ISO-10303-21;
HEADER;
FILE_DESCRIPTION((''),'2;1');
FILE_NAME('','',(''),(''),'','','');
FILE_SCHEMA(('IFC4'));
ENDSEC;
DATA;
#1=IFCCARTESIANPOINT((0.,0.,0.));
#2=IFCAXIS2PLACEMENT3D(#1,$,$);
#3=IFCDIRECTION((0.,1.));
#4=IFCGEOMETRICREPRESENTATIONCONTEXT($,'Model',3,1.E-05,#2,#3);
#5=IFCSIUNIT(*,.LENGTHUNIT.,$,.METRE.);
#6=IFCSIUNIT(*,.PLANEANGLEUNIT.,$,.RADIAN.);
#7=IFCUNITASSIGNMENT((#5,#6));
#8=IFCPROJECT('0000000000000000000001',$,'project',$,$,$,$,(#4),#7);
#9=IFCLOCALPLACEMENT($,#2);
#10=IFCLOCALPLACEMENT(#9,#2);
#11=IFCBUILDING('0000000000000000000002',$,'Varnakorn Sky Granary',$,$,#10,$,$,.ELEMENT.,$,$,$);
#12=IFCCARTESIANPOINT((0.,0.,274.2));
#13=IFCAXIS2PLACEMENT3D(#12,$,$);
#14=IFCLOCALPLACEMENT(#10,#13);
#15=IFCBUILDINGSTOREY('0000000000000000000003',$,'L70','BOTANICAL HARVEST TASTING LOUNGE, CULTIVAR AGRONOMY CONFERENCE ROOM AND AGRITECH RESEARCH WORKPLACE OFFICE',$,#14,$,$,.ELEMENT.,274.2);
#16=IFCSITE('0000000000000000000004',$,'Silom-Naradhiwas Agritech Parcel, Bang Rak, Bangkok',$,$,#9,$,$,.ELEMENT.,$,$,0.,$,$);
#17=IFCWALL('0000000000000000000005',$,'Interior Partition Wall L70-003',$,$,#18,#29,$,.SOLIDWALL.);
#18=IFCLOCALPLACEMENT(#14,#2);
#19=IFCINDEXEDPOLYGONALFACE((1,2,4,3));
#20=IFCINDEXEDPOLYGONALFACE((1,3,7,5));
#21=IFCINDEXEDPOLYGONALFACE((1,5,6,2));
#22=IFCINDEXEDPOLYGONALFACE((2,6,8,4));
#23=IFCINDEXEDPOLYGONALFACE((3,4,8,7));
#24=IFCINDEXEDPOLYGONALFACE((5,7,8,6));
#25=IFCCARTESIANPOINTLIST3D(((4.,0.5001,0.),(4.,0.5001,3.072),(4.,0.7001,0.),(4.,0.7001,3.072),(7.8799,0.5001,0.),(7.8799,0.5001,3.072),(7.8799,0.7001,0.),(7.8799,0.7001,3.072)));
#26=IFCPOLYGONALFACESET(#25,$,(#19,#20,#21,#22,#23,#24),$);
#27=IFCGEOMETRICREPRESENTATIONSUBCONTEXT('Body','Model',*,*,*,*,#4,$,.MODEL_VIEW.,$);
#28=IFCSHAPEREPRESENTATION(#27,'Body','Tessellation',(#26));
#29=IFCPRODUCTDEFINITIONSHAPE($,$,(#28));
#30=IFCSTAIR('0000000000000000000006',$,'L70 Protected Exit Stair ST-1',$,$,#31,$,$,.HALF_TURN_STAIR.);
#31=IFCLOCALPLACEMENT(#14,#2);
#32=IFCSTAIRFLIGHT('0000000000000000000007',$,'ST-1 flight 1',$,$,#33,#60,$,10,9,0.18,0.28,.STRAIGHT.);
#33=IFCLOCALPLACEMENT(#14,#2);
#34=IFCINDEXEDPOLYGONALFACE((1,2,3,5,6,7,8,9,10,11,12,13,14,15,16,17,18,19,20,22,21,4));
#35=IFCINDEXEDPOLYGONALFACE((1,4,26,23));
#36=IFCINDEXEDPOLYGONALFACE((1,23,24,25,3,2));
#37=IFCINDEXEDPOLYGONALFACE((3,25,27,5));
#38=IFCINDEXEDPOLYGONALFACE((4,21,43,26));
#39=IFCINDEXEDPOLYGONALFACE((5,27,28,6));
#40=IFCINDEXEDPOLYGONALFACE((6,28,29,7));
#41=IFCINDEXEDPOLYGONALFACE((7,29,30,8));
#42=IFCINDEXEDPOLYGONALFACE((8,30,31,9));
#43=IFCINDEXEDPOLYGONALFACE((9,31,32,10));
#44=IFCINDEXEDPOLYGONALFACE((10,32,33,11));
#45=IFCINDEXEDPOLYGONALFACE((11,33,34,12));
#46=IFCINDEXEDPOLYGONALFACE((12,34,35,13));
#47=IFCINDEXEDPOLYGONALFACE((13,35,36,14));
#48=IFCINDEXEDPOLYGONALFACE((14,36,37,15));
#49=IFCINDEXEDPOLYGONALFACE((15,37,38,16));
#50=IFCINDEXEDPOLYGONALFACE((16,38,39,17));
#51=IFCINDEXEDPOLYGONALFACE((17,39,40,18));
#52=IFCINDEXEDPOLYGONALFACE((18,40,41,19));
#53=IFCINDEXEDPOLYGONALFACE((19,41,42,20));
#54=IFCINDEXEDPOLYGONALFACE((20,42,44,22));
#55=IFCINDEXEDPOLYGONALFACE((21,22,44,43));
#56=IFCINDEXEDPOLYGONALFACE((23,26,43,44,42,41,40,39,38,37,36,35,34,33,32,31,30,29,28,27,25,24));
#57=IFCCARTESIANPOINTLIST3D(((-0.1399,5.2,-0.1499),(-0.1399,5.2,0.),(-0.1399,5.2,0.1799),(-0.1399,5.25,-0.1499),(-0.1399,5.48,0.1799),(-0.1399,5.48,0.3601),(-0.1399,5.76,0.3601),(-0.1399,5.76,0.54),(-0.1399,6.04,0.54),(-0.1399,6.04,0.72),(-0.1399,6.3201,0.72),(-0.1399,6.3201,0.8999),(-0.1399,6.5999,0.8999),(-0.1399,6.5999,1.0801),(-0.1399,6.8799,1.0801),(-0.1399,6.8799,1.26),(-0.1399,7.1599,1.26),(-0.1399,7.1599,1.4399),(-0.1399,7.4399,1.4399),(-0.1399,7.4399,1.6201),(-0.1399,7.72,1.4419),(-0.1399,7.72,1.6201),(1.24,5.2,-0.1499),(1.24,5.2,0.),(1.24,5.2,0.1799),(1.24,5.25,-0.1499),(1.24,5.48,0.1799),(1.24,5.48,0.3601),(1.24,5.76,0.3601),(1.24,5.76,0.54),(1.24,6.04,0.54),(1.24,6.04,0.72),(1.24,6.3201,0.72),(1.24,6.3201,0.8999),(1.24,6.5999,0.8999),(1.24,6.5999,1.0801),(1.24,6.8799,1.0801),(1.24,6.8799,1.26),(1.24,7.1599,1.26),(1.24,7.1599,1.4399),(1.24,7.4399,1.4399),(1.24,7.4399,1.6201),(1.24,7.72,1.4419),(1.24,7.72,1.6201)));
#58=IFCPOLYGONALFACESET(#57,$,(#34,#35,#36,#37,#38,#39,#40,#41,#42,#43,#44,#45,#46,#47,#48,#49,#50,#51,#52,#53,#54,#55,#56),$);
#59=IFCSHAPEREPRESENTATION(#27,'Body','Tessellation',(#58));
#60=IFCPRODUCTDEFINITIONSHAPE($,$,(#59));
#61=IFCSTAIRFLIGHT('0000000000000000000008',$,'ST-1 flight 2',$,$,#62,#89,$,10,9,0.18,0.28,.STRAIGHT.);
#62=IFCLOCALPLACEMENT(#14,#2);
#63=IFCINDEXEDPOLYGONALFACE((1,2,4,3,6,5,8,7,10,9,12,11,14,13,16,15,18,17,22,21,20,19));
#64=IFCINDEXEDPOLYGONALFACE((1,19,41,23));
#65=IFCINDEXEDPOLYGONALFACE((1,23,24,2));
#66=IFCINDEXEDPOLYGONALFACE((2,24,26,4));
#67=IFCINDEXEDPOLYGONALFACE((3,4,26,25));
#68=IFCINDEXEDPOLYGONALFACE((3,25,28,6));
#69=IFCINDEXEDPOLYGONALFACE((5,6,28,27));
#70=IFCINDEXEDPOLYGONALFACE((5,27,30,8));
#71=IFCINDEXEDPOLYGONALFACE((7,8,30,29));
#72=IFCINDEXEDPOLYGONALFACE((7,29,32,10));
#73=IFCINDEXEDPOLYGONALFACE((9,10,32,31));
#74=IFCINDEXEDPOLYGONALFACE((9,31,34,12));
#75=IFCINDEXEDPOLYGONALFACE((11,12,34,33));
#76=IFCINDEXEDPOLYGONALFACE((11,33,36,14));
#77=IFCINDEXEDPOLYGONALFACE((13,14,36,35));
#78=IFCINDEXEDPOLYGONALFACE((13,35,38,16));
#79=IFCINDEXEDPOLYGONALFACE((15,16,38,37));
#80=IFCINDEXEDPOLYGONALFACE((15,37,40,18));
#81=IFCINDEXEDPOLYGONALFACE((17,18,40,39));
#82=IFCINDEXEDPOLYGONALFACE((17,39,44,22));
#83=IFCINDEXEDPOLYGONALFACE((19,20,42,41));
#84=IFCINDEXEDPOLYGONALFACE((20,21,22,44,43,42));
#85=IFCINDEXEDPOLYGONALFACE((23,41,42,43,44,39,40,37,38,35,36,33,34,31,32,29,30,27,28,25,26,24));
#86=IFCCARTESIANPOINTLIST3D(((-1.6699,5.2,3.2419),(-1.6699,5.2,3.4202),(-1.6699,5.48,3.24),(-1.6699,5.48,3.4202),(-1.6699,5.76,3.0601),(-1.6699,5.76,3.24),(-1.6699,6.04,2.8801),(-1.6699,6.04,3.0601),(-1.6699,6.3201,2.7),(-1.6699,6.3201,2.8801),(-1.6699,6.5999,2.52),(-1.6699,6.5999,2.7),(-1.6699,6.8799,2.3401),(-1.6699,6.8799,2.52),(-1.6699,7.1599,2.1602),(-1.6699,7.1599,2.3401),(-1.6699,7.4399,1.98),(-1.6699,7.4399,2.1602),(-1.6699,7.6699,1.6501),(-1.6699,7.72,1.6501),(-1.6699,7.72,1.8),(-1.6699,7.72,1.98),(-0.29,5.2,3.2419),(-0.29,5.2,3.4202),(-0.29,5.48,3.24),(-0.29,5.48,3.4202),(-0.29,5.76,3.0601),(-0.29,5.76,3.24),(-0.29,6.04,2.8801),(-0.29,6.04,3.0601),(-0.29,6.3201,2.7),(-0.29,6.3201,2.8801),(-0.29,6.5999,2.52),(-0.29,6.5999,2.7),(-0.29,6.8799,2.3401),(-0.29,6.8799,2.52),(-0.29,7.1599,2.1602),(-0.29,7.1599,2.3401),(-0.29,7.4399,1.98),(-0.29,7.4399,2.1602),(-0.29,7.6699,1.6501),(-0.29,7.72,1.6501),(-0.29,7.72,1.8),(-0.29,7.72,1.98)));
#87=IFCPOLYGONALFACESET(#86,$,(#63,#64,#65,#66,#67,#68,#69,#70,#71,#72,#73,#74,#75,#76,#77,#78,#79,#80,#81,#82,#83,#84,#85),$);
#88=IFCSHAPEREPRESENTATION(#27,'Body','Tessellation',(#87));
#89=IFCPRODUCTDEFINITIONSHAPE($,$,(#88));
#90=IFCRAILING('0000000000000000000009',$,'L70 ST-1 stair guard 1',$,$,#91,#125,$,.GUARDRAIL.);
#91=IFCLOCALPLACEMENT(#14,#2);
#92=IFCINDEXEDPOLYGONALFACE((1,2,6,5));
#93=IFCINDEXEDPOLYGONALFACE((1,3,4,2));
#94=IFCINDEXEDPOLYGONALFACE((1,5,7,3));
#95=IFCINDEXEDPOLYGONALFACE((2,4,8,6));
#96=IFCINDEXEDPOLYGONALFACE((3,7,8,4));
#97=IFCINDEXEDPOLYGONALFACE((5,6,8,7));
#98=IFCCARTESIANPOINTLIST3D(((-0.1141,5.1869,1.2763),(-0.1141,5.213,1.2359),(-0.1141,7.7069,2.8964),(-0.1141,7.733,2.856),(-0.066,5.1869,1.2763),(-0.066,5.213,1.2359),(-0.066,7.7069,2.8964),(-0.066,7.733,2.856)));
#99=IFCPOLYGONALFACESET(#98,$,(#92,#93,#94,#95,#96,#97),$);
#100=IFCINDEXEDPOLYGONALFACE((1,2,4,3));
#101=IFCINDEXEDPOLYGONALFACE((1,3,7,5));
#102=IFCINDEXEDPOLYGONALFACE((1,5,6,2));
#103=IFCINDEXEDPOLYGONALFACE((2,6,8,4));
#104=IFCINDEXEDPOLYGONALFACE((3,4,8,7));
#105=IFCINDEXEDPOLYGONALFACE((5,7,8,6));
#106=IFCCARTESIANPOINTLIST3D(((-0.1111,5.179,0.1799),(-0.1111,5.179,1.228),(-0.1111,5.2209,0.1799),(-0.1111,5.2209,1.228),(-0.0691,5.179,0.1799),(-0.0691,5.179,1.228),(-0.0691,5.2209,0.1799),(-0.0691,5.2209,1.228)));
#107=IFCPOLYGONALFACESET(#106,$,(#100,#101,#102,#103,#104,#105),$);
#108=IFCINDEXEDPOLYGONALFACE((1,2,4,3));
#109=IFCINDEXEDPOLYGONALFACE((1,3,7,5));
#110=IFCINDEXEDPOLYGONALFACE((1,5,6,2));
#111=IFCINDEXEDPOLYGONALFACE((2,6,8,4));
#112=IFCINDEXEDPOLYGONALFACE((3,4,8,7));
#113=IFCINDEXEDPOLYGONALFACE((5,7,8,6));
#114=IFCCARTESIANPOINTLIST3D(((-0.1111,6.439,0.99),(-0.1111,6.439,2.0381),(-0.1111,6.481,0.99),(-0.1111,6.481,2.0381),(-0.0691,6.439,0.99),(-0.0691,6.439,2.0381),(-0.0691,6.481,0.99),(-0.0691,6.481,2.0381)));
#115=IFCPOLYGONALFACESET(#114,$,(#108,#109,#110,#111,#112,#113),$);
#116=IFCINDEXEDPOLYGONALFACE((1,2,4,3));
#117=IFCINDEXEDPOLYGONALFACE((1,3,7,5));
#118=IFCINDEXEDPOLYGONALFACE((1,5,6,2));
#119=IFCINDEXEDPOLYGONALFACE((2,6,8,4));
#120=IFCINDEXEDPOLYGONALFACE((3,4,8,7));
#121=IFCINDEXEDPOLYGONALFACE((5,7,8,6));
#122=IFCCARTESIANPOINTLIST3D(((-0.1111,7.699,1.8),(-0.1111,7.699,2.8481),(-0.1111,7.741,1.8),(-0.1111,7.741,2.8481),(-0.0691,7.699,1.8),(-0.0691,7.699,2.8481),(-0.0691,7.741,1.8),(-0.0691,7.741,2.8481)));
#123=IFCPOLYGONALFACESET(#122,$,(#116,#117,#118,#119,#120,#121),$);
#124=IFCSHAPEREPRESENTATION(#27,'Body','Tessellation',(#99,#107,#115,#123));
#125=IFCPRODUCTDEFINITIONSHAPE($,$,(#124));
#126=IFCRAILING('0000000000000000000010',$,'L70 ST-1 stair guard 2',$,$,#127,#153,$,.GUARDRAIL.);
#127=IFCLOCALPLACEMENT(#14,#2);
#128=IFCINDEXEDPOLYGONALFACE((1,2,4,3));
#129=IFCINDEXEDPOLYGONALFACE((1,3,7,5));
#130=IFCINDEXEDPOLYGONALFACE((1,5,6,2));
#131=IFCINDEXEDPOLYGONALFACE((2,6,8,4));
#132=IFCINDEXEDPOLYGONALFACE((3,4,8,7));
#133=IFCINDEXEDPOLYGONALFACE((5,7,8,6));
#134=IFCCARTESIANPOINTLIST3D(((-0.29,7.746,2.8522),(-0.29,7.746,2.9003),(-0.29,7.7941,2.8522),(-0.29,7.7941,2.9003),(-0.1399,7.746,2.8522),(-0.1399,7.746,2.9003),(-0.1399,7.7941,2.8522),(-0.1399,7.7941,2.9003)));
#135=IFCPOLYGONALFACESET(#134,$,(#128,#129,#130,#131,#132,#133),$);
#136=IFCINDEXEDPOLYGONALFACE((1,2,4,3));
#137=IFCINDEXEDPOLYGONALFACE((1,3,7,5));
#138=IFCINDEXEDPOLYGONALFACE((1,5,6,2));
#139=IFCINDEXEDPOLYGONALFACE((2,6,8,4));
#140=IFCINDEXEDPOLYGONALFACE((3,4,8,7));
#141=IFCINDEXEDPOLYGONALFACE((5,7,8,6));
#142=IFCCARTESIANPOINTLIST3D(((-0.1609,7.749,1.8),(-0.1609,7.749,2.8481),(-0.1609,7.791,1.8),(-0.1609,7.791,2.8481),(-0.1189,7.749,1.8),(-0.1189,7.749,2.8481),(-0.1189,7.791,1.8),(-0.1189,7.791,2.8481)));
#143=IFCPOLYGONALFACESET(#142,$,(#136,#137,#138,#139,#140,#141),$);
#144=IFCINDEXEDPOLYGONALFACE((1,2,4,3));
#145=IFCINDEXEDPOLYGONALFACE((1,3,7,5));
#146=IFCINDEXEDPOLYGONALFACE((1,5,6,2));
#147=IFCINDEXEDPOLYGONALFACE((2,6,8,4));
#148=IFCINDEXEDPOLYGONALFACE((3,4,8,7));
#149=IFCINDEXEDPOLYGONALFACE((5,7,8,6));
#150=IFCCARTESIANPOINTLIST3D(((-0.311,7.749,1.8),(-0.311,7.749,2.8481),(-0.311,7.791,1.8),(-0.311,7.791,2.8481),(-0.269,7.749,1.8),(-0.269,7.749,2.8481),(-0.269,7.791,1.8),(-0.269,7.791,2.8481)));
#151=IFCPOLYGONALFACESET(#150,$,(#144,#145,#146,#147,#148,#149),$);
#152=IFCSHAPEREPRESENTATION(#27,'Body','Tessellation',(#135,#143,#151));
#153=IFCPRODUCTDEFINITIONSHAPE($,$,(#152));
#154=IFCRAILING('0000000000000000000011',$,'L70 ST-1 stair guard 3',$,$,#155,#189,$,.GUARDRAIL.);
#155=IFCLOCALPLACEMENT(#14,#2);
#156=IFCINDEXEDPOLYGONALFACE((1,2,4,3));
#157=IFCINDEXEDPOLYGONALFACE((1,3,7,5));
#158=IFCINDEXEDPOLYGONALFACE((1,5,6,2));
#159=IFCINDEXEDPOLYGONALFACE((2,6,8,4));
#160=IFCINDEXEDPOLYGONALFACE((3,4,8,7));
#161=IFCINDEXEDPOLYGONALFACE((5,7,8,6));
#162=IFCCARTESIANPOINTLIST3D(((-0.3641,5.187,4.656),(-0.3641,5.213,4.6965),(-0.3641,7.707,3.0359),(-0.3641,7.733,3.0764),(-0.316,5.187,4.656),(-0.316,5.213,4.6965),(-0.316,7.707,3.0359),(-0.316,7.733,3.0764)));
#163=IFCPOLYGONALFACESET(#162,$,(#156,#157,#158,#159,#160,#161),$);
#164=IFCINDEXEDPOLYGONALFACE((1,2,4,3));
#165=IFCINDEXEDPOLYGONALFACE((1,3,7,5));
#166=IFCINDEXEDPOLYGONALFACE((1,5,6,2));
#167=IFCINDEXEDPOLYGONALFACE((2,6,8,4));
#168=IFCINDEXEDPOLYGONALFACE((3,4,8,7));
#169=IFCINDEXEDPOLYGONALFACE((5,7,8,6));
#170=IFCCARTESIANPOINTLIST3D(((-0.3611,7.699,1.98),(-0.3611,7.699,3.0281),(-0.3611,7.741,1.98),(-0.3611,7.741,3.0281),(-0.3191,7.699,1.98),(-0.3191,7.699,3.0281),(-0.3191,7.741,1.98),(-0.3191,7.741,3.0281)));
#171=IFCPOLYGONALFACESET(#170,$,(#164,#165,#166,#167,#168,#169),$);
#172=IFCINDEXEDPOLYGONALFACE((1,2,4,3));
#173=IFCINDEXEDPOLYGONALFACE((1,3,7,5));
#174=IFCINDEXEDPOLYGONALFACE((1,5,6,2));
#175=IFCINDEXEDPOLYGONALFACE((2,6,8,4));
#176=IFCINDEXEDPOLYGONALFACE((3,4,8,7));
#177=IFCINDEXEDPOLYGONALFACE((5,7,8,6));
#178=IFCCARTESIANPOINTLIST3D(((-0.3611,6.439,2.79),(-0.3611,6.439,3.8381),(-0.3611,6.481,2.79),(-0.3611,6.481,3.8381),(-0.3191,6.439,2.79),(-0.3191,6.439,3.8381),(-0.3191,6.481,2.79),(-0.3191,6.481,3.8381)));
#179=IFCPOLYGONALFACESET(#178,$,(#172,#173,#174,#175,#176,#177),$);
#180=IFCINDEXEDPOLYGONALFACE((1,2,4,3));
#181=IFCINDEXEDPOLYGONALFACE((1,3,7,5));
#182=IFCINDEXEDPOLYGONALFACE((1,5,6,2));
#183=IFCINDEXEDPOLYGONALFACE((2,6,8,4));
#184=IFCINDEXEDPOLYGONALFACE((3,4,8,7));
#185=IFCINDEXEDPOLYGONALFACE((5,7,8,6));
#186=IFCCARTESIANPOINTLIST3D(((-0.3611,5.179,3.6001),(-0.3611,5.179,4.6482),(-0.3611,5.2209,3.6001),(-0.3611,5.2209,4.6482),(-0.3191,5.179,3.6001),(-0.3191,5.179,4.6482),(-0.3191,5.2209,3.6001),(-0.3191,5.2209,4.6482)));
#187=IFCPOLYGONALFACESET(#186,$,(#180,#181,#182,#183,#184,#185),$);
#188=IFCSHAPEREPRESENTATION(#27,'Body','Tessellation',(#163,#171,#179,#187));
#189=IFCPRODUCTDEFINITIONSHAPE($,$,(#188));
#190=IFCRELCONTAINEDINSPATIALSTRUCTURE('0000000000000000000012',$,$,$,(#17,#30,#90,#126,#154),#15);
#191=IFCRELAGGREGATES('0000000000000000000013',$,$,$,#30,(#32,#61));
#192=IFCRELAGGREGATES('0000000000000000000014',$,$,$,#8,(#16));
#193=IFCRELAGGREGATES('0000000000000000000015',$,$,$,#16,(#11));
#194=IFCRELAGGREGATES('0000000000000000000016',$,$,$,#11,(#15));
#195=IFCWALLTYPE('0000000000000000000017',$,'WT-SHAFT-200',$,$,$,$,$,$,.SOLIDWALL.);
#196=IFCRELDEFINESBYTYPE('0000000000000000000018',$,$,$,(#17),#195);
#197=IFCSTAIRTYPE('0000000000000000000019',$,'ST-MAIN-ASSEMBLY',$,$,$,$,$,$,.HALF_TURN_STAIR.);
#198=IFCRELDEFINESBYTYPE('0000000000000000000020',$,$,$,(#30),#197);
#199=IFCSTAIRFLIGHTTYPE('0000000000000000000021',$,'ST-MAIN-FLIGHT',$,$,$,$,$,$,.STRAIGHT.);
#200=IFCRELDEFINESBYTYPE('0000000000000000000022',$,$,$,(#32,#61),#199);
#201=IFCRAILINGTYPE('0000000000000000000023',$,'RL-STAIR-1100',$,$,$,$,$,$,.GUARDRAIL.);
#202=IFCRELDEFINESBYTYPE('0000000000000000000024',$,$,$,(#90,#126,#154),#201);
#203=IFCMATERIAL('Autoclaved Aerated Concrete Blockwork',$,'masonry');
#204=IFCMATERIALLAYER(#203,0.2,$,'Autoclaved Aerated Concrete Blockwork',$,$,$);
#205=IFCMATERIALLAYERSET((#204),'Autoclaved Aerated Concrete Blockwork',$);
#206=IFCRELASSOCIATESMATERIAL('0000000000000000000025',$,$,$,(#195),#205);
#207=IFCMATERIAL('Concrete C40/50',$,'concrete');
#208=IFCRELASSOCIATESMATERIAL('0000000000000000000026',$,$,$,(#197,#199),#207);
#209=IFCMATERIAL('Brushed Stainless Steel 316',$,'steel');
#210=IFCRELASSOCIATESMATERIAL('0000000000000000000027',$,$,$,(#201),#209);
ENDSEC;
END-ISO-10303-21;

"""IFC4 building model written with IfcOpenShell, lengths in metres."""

from ifc_helpers import new_model, si_unit, direction, frame, frame_2d, origin, origin_2d, place, context, subcontext, project, spatial, polyline, rectangle, outline, extrude, material, layer, layer_set, type_object, element, aggregate, save


model = new_model("IFC4")

# Units and contexts
model_context = context("Model", 3, precision=1e-05, world=origin(), true_north=direction((0.0, 1.0)))
body_context = subcontext(model_context, "Body", "Model", "MODEL_VIEW")
ifc_project = project(units=[si_unit("LENGTHUNIT", "METRE"), si_unit("PLANEANGLEUNIT", "RADIAN")], contexts=[model_context])

# Site, building, storey
site_placement = place(None, origin())
site = spatial("IfcSite", under=ifc_project, at=site_placement, Name="Silom-Naradhiwas Agritech Parcel, Bang Rak, Bangkok", CompositionType="ELEMENT", RefElevation=0.0)
building_placement = place(site_placement, origin())
building = spatial("IfcBuilding", under=site, at=building_placement, Name="Varnakorn Sky Granary", CompositionType="ELEMENT")
storey_placement = place(building_placement, frame((0.0, 0.0, 274.2)))
storey = spatial("IfcBuildingStorey", under=building, at=storey_placement, Name="L70", Description="BOTANICAL HARVEST TASTING LOUNGE, CULTIVAR AGRONOMY CONFERENCE ROOM AND AGRITECH RESEARCH WORKPLACE OFFICE", CompositionType="ELEMENT", Elevation=274.2)

# Shared definitions
ifc_material_1 = material(Name="Autoclaved Aerated Concrete Blockwork", Category="masonry")

# Wall
ifc_layer_1 = layer(ifc_material_1, 0.2, Name="Autoclaved Aerated Concrete Blockwork")
ifc_layer_set_1 = layer_set([ifc_layer_1], Name="Autoclaved Aerated Concrete Blockwork")
wall_type_1 = type_object("IfcWallType", Name="WT-SHAFT-200", PredefinedType="SOLIDWALL", material=ifc_layer_set_1)
wall_1_placement = place(storey_placement, frame((4.0, 0.6001, 0.0), z_axis=(0.0, 0.0, 1.0), x_axis=(1.0, 0.0, 0.0)))
element("IfcWall", 1, at=wall_1_placement, inside=storey, type_object=wall_type_1, Name="Interior Partition Wall L70-003", PredefinedType="SOLIDWALL", context=body_context, shape_type="SweptSolid", body=[
    extrude(rectangle(XDim=3.8799, YDim=0.2, at=frame_2d((1.9399, 0.0))), origin(), (0.0, 0.0, 1.0), 3.072),
])

# Stair, stair flights
ifc_material_2 = material(Name="Concrete C40/50", Category="concrete")
stair_type = type_object("IfcStairType", Name="ST-MAIN-ASSEMBLY", PredefinedType="HALF_TURN_STAIR", material=ifc_material_2)
stair_placement = place(storey_placement, origin())
stair = element("IfcStair", 2, at=stair_placement, inside=storey, type_object=stair_type, Name="L70 Protected Exit Stair ST-1", PredefinedType="HALF_TURN_STAIR")
stair_flight_type = type_object("IfcStairFlightType", Name="ST-MAIN-FLIGHT", PredefinedType="STRAIGHT", material=ifc_material_2)
stair_flight_1_placement = place(storey_placement, frame((0.55, 5.2, 0.0), z_axis=(0.0, 0.0, 1.0), x_axis=(0.0, 1.0, 0.0)))
stair_flight_1 = element("IfcStairFlight", 3, at=stair_flight_1_placement, type_object=stair_flight_type, Name="ST-1 flight 1", NumberOfRisers=10, NumberOfTreads=9, PredefinedType="STRAIGHT", RiserHeight=0.18, TreadLength=0.28, context=body_context, shape_type="SweptSolid", body=[
    extrude(outline(polyline([(0.0, -0.1499), (0.0, 0.0), (0.0, 0.1799), (0.28, 0.1799), (0.28, 0.3601), (0.5601, 0.3601), (0.5601, 0.54), (0.8401, 0.54), (0.8401, 0.72), (1.1201, 0.72), (1.1201, 0.8999), (1.3999, 0.8999), (1.3999, 1.0801), (1.6799, 1.0801), (1.6799, 1.26), (1.96, 1.26), (1.96, 1.4399), (2.24, 1.4399), (2.24, 1.6201), (2.52, 1.6201), (2.52, 1.8), (2.52, 1.4419), (0.05, -0.1499), (0.0, -0.1499)])), frame((0.0, 0.6899, 0.0), z_axis=(0.0, -1.0, 0.0), x_axis=(1.0, 0.0, 0.0)), (0.0, 0.0, 1.0), 1.3799),
])
stair_flight_2_placement = place(storey_placement, frame((-0.98, 7.72, 1.8), z_axis=(0.0, 0.0, 1.0), x_axis=(0.0, -1.0, 0.0)))
stair_flight_2 = element("IfcStairFlight", 4, at=stair_flight_2_placement, type_object=stair_flight_type, Name="ST-1 flight 2", NumberOfRisers=10, NumberOfTreads=9, PredefinedType="STRAIGHT", RiserHeight=0.18, TreadLength=0.28, context=body_context, shape_type="SweptSolid", body=[
    extrude(outline(polyline([(0.0, -0.1499), (0.0, 0.0), (0.0, 0.1799), (0.28, 0.1799), (0.28, 0.3601), (0.5601, 0.3601), (0.5601, 0.54), (0.8401, 0.54), (0.8401, 0.72), (1.1201, 0.72), (1.1201, 0.8999), (1.3999, 0.8999), (1.3999, 1.0801), (1.6799, 1.0801), (1.6799, 1.26), (1.96, 1.26), (1.96, 1.4399), (2.24, 1.4399), (2.24, 1.6201), (2.52, 1.6201), (2.52, 1.8), (2.52, 1.4419), (0.05, -0.1499), (0.0, -0.1499)])), frame((0.0, 0.6899, 0.0), z_axis=(0.0, -1.0, 0.0), x_axis=(1.0, 0.0, 0.0)), (0.0, 0.0, 1.0), 1.3799),
])
aggregate(stair, [stair_flight_1, stair_flight_2])

# Railings
ifc_material_3 = material(Name="Brushed Stainless Steel 316", Category="steel")
railing_type_1 = type_object("IfcRailingType", Name="RL-STAIR-1100", PredefinedType="GUARDRAIL", material=ifc_material_3)
railing_1_placement = place(storey_placement, frame((-0.0901, 5.2, 0.1799)))
element("IfcRailing", 5, at=railing_1_placement, inside=storey, type_object=railing_type_1, Name="L70 ST-1 stair guard 1", PredefinedType="GUARDRAIL", context=body_context, shape_type="SweptSolid", body=[
    extrude(rectangle(XDim=0.0481, YDim=0.0481, at=origin_2d()), frame((0.0, 0.0, 1.0762), z_axis=(0.0, 0.841163, 0.540782), x_axis=(-1.0, 0.0, 0.0)), (0.0, 0.0, 1.0), 2.9958),
    extrude(rectangle(XDim=0.042, YDim=0.042, at=origin_2d()), origin(), (0.0, 0.0, 1.0), 1.0481),
    extrude(rectangle(XDim=0.042, YDim=0.042, at=origin_2d()), frame((0.0, 1.26, 0.8101)), (0.0, 0.0, 1.0), 1.0481),
    extrude(rectangle(XDim=0.042, YDim=0.042, at=origin_2d()), frame((0.0, 2.52, 1.6201)), (0.0, 0.0, 1.0), 1.0481),
])
railing_2_placement = place(storey_placement, frame((-0.1399, 7.77, 1.8)))
element("IfcRailing", 6, at=railing_2_placement, inside=storey, type_object=railing_type_1, Name="L70 ST-1 stair guard 2", PredefinedType="GUARDRAIL", context=body_context, shape_type="SweptSolid", body=[
    extrude(rectangle(XDim=0.0481, YDim=0.0481, at=origin_2d()), frame((0.0, 0.0, 1.0762), z_axis=(-1.0, 0.0, 0.0), x_axis=(0.0, -1.0, 0.0)), (0.0, 0.0, 1.0), 0.1501),
    extrude(rectangle(XDim=0.042, YDim=0.042, at=origin_2d()), origin(), (0.0, 0.0, 1.0), 1.0481),
    extrude(rectangle(XDim=0.042, YDim=0.042, at=origin_2d()), frame((-0.1501, 0.0, 0.0)), (0.0, 0.0, 1.0), 1.0481),
])
railing_3_placement = place(storey_placement, frame((-0.3401, 7.72, 1.98)))
element("IfcRailing", 7, at=railing_3_placement, inside=storey, type_object=railing_type_1, Name="L70 ST-1 stair guard 3", PredefinedType="GUARDRAIL", context=body_context, shape_type="SweptSolid", body=[
    extrude(rectangle(XDim=0.0481, YDim=0.0481, at=origin_2d()), frame((0.0, 0.0, 1.0762), z_axis=(0.0, -0.841163, 0.540782), x_axis=(1.0, 0.0, 0.0)), (0.0, 0.0, 1.0), 2.9958),
    extrude(rectangle(XDim=0.042, YDim=0.042, at=origin_2d()), origin(), (0.0, 0.0, 1.0), 1.0481),
    extrude(rectangle(XDim=0.042, YDim=0.042, at=origin_2d()), frame((0.0, -1.26, 0.8101)), (0.0, 0.0, 1.0), 1.0481),
    extrude(rectangle(XDim=0.042, YDim=0.042, at=origin_2d()), frame((0.0, -2.52, 1.6201)), (0.0, 0.0, 1.0), 1.0481),
])

save(model, "model.ifc")
